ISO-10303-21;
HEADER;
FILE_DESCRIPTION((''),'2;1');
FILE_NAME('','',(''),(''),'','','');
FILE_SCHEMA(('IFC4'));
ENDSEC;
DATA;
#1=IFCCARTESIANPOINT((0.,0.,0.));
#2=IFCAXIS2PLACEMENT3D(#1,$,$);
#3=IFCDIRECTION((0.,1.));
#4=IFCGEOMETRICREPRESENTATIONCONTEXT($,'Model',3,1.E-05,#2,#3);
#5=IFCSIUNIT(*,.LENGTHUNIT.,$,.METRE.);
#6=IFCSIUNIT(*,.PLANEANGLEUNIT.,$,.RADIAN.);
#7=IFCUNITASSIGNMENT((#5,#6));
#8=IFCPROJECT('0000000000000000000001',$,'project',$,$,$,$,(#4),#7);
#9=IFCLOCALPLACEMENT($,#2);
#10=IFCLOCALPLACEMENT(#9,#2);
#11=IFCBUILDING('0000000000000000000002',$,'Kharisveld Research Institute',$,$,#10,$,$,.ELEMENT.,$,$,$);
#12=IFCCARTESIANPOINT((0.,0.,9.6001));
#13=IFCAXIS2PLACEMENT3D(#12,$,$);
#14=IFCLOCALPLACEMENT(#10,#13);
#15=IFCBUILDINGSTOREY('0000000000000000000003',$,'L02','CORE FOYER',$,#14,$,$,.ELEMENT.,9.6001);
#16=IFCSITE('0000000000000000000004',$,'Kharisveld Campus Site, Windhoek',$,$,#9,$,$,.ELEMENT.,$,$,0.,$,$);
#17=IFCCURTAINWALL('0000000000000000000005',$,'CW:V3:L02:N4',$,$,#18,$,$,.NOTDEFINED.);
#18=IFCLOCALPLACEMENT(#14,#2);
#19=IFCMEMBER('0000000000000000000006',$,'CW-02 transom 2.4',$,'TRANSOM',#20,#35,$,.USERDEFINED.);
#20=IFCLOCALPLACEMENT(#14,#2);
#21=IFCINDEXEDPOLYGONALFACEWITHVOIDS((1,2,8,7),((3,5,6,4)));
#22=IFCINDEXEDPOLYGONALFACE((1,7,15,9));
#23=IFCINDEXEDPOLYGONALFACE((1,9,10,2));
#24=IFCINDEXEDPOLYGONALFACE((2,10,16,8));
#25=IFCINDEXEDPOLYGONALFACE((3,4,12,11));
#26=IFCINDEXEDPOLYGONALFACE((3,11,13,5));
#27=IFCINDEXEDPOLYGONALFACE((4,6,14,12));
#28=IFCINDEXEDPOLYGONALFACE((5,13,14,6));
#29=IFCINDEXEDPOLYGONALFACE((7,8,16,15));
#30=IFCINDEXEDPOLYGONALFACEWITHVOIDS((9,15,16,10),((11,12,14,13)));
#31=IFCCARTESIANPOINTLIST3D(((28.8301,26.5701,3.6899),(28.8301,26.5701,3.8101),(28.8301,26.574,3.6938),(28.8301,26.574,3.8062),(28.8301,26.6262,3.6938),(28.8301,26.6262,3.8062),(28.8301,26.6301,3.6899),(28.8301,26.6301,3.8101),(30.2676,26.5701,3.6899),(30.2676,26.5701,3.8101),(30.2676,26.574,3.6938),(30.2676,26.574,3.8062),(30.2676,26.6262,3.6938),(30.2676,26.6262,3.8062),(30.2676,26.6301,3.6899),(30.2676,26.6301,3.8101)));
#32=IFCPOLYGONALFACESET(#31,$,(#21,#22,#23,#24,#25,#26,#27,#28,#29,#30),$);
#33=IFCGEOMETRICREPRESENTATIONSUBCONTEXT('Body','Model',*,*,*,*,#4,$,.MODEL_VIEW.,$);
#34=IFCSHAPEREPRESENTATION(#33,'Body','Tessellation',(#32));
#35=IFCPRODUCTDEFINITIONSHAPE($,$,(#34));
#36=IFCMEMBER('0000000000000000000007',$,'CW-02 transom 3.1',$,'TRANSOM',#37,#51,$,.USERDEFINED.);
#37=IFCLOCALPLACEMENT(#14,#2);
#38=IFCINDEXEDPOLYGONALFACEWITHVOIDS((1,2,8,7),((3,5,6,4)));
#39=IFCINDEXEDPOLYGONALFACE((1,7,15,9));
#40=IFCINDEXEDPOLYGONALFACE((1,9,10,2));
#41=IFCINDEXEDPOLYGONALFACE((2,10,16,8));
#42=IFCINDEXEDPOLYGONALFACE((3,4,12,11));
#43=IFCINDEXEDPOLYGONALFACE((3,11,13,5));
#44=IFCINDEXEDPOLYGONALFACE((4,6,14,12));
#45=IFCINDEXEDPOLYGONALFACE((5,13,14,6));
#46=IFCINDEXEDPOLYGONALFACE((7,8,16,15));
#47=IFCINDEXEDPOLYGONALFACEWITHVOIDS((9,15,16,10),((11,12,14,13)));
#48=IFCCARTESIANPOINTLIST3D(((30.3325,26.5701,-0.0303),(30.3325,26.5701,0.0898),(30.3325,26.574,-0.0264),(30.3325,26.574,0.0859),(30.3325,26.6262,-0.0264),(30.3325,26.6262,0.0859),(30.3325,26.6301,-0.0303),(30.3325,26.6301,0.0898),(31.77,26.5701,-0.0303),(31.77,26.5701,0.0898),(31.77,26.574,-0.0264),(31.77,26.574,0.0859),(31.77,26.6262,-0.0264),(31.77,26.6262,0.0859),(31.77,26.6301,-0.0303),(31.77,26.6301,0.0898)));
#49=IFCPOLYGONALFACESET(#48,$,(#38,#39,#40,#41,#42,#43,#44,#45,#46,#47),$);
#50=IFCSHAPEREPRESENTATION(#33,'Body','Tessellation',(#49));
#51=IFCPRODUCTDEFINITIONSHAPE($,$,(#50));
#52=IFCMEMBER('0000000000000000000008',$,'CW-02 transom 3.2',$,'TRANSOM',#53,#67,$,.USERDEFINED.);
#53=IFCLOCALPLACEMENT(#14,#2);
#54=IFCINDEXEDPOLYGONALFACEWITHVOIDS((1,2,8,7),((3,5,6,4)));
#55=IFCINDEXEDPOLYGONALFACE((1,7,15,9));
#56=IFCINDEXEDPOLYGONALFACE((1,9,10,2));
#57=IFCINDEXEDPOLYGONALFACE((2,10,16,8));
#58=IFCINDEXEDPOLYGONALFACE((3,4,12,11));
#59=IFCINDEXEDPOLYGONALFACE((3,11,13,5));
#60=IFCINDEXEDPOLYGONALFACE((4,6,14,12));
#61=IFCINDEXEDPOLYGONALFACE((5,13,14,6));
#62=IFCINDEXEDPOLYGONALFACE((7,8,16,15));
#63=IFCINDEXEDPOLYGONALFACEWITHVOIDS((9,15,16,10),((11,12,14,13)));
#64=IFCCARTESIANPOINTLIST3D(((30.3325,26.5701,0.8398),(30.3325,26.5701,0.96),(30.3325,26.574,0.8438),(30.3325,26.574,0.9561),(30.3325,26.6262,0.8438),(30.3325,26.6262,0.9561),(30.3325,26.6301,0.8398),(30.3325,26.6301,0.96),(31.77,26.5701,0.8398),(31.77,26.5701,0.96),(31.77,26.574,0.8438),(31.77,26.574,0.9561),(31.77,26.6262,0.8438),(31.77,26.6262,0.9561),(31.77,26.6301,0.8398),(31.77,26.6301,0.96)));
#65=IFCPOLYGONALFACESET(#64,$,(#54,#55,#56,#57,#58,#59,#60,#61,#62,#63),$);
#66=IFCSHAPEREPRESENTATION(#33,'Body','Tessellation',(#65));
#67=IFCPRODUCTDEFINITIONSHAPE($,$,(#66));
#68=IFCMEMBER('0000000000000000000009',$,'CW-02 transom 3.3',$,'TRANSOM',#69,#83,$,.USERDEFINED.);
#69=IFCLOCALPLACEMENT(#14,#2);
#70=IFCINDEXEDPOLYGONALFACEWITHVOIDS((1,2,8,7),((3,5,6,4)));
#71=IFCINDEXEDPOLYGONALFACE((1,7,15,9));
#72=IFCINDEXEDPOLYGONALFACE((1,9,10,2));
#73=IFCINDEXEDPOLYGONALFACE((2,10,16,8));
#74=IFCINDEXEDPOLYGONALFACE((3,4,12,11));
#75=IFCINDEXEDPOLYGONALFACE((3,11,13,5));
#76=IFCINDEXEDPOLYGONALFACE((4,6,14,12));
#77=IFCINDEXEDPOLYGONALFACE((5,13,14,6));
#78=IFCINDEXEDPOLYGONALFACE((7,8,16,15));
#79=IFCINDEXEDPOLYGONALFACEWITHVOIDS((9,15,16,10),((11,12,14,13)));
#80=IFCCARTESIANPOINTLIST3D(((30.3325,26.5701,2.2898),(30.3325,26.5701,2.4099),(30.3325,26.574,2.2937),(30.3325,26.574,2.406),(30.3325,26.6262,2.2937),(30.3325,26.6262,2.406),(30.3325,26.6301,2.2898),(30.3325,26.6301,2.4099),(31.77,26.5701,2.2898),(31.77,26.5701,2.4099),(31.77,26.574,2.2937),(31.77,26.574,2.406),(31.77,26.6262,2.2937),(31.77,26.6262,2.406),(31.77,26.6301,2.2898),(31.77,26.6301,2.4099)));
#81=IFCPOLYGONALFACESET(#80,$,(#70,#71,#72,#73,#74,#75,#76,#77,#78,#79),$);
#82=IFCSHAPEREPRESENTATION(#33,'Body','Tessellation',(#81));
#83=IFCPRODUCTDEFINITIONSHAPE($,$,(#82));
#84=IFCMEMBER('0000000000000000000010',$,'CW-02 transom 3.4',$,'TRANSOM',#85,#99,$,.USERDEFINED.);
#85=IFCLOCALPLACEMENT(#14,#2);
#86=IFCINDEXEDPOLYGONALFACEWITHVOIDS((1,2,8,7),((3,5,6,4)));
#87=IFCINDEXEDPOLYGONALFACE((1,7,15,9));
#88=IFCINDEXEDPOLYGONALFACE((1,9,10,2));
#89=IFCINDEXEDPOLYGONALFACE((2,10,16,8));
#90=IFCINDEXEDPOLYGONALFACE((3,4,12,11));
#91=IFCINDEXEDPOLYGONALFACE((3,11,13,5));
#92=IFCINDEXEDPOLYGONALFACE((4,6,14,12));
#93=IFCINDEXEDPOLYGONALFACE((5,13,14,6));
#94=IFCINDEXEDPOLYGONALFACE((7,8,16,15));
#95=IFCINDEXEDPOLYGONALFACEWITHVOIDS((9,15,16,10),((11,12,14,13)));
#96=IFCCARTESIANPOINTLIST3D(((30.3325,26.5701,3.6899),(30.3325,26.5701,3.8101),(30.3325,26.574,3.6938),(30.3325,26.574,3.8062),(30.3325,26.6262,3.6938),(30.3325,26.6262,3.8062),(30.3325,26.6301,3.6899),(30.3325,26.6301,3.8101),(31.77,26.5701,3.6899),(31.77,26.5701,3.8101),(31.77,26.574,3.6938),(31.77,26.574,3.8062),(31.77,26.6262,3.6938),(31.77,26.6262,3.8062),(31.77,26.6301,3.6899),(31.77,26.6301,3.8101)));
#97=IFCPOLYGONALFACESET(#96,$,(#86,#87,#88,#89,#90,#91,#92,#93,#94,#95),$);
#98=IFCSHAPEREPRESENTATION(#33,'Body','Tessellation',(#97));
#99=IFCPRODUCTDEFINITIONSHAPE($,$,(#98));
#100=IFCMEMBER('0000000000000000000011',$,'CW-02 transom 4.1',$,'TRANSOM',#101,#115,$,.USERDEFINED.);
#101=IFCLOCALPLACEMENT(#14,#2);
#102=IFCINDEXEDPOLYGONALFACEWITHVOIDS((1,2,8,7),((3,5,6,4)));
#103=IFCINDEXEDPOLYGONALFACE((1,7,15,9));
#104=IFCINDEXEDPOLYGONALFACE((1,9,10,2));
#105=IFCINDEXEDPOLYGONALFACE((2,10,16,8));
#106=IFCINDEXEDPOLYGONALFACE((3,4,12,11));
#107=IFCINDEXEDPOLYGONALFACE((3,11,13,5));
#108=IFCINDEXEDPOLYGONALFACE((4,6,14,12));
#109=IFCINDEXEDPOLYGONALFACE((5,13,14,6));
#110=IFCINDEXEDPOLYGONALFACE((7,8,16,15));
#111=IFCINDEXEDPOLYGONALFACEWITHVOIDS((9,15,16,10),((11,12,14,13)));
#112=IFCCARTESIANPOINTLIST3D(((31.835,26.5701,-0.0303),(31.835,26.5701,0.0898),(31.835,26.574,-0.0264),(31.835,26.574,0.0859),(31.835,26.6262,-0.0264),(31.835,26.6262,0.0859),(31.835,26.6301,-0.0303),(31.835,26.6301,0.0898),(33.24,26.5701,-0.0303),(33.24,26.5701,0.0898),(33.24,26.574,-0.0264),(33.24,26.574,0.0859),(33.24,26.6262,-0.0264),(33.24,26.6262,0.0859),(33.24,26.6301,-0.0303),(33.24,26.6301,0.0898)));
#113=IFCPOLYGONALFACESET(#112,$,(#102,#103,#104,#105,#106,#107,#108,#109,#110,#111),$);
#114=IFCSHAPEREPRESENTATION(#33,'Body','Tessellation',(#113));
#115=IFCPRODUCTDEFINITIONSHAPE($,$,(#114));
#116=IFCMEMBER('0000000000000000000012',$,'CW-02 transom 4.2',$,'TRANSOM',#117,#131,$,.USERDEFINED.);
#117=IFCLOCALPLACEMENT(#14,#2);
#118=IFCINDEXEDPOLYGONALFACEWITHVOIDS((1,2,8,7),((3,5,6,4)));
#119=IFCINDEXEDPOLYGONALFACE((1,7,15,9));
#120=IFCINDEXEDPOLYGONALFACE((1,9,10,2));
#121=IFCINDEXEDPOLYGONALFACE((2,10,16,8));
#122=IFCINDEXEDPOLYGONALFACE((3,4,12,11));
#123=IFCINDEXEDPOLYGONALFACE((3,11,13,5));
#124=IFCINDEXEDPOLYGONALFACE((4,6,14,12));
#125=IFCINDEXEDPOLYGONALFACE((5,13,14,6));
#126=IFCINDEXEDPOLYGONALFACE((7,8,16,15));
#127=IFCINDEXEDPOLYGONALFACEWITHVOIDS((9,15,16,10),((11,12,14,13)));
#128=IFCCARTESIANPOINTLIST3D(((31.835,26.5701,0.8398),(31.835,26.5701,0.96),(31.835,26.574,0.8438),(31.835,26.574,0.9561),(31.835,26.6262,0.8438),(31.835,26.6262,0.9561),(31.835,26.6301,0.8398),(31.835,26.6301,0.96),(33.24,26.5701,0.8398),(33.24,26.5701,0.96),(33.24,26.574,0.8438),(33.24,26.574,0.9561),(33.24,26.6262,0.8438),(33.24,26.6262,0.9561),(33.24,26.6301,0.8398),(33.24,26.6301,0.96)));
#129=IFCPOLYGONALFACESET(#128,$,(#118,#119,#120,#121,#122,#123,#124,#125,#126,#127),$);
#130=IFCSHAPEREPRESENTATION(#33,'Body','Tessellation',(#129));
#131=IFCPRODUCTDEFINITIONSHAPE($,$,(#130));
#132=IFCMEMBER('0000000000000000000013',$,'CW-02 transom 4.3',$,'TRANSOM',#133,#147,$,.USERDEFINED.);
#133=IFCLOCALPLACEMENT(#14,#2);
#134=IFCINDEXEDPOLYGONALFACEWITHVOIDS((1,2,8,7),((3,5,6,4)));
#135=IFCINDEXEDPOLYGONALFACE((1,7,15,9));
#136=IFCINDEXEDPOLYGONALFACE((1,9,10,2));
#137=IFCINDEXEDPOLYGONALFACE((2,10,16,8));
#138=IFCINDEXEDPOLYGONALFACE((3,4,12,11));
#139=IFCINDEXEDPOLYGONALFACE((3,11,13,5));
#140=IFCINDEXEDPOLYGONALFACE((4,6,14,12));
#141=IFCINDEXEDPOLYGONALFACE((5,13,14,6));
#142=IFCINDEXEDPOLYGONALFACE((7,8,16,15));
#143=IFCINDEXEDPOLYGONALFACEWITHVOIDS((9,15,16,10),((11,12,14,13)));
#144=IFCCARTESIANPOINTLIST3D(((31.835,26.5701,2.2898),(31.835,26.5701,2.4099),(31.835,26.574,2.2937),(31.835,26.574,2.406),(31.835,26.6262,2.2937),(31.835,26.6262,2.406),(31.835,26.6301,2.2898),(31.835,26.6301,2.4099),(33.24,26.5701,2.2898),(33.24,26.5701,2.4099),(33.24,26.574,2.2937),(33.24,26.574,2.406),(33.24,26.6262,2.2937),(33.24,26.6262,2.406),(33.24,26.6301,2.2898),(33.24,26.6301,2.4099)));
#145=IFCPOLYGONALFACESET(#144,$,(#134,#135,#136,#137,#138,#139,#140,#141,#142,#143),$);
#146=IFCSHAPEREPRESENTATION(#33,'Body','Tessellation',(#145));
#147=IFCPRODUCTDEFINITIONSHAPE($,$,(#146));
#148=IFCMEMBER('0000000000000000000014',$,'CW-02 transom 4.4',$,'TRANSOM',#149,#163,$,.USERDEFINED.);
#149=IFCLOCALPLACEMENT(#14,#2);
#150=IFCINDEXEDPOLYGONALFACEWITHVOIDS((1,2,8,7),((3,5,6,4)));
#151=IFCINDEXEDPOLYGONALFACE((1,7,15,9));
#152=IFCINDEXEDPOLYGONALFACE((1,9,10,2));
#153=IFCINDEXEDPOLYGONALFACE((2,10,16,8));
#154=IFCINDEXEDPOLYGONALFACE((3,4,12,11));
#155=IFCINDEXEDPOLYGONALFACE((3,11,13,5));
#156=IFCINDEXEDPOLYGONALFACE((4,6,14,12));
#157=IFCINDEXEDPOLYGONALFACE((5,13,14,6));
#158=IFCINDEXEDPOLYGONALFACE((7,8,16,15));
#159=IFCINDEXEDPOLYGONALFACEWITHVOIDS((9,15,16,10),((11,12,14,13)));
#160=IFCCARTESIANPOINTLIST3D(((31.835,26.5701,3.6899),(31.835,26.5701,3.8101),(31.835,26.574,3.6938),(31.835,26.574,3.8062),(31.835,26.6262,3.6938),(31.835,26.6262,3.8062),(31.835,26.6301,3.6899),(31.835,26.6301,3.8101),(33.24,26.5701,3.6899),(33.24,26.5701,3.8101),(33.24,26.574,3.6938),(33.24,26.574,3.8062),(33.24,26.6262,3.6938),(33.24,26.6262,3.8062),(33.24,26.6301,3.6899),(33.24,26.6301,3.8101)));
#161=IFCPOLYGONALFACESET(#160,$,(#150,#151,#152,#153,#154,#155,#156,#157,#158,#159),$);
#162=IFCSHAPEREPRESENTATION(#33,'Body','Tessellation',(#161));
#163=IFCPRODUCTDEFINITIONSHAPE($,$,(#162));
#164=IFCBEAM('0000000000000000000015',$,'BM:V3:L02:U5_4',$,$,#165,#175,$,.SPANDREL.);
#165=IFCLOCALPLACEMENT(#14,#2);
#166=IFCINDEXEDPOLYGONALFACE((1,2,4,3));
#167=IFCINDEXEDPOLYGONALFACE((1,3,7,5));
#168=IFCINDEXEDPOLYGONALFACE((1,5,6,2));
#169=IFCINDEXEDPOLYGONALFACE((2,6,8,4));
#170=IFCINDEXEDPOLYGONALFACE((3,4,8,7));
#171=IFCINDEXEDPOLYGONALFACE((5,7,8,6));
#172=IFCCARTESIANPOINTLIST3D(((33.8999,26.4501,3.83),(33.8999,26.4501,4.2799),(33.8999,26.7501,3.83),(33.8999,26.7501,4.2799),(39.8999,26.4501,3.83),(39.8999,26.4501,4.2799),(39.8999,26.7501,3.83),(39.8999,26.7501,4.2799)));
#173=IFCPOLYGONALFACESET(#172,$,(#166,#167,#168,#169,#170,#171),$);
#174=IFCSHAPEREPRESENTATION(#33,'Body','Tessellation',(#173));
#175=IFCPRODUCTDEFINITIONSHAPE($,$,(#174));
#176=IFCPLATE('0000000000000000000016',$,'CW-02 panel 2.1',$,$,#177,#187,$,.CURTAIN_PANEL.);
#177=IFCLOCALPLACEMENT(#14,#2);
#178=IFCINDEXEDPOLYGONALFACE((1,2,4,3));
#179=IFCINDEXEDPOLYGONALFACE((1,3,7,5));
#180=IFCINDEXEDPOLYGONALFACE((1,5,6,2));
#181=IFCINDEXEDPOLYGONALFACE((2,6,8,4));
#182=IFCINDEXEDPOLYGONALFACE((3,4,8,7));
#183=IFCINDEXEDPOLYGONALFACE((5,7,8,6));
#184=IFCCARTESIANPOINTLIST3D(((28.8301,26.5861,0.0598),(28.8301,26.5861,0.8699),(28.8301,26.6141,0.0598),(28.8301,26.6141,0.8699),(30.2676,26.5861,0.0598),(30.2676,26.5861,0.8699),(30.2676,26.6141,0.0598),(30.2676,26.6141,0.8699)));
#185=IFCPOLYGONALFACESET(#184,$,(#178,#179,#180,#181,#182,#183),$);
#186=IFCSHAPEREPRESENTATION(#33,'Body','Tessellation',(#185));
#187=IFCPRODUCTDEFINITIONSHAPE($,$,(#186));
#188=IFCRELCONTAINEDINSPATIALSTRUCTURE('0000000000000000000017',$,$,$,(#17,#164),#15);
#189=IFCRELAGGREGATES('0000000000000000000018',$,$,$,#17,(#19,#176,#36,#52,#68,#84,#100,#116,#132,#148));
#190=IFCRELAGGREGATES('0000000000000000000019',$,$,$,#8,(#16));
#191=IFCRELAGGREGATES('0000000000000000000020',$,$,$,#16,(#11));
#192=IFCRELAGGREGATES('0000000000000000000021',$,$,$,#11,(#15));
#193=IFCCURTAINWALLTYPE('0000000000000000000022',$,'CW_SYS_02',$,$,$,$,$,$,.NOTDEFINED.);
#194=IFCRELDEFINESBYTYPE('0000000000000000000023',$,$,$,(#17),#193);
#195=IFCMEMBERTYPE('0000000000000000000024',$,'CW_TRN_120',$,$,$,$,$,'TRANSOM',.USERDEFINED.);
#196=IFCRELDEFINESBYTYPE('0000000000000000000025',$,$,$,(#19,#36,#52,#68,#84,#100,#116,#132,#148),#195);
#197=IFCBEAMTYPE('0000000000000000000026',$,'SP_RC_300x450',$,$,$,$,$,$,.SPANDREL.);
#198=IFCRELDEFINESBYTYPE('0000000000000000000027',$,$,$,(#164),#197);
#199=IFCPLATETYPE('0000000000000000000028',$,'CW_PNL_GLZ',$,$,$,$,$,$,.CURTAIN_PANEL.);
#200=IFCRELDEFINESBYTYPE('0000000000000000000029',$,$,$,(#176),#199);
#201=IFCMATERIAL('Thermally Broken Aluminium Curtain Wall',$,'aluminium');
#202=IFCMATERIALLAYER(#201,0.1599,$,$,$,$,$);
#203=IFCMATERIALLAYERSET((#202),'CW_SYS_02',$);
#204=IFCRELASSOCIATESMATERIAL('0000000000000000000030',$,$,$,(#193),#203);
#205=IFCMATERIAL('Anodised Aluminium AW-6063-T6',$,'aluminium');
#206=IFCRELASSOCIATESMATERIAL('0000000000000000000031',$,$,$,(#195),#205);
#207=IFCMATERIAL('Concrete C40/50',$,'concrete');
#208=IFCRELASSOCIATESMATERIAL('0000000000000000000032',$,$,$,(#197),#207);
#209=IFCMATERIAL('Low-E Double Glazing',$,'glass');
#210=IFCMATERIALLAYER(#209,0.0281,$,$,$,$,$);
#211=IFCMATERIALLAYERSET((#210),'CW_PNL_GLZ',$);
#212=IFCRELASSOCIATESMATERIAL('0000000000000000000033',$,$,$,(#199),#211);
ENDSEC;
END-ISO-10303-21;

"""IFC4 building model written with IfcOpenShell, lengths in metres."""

from ifc_helpers import new_model, si_unit, direction, frame, origin, origin_2d, place, context, subcontext, project, spatial, rectangle, hollow_rectangle, extrude, material, layer, layer_set, material_profile, profile_set, type_object, element, aggregate, save


model = new_model("IFC4")

# Units and contexts
model_context = context("Model", 3, precision=1e-05, world=origin(), true_north=direction((0.0, 1.0)))
body_context = subcontext(model_context, "Body", "Model", "MODEL_VIEW")
ifc_project = project(units=[si_unit("LENGTHUNIT", "METRE"), si_unit("PLANEANGLEUNIT", "RADIAN")], contexts=[model_context])

# Site, building, storey
site_placement = place(None, origin())
site = spatial("IfcSite", under=ifc_project, at=site_placement, Name="Kharisveld Campus Site, Windhoek", CompositionType="ELEMENT", RefElevation=0.0)
building_placement = place(site_placement, origin())
building = spatial("IfcBuilding", under=site, at=building_placement, Name="Kharisveld Research Institute", CompositionType="ELEMENT")
storey_placement = place(building_placement, frame((0.0, 0.0, 9.6001)))
storey = spatial("IfcBuildingStorey", under=building, at=storey_placement, Name="L02", Description="CORE FOYER", CompositionType="ELEMENT", Elevation=9.6001)

# Curtain wall, members
ifc_material_1 = material(Name="Thermally Broken Aluminium Curtain Wall", Category="aluminium")
ifc_layer_1 = layer(ifc_material_1, 0.1599)
ifc_layer_set_1 = layer_set([ifc_layer_1], Name="CW_SYS_02")
curtain_wall_type = type_object("IfcCurtainWallType", Name="CW_SYS_02", PredefinedType="NOTDEFINED", material=ifc_layer_set_1)
curtain_wall_placement = place(storey_placement, origin())
curtain_wall = element("IfcCurtainWall", 1, at=curtain_wall_placement, inside=storey, type_object=curtain_wall_type, Name="CW:V3:L02:N4", PredefinedType="NOTDEFINED")
ifc_material_2 = material(Name="Anodised Aluminium AW-6063-T6", Category="aluminium")
ifc_material_profile_1 = material_profile(ifc_material_2, hollow_rectangle(XDim=0.0601, YDim=0.1201, WallThickness=0.0039, at=origin_2d()))
ifc_profile_set_1 = profile_set([ifc_material_profile_1], Name="Anodised Aluminium AW-6063-T6")
member_type_1 = type_object("IfcMemberType", Name="CW_TRN_120", ElementType="TRANSOM", PredefinedType="USERDEFINED", material=ifc_profile_set_1)
member_1_placement = place(storey_placement, frame((28.8301, 26.6001, 3.75), z_axis=(1.0, 0.0, 0.0), x_axis=(0.0, 1.0, 0.0)))
member_1 = element("IfcMember", 2, at=member_1_placement, type_object=member_type_1, Name="CW-02 transom 2.4", ObjectType="TRANSOM", PredefinedType="USERDEFINED", context=body_context, shape_type="SweptSolid", body=[
    extrude(hollow_rectangle(XDim=0.0601, YDim=0.1201, WallThickness=0.0039, at=origin_2d()), origin(), (0.0, 0.0, 1.0), 1.4375),
])
member_2_placement = place(storey_placement, frame((30.3325, 26.6001, 0.0298), z_axis=(1.0, 0.0, 0.0), x_axis=(0.0, 1.0, 0.0)))
member_2 = element("IfcMember", 3, at=member_2_placement, type_object=member_type_1, Name="CW-02 transom 3.1", ObjectType="TRANSOM", PredefinedType="USERDEFINED", context=body_context, shape_type="SweptSolid", body=[
    extrude(hollow_rectangle(XDim=0.0601, YDim=0.1201, WallThickness=0.0039, at=origin_2d()), origin(), (0.0, 0.0, 1.0), 1.4375),
])
member_3_placement = place(storey_placement, frame((30.3325, 26.6001, 0.8999), z_axis=(1.0, 0.0, 0.0), x_axis=(0.0, 1.0, 0.0)))
member_3 = element("IfcMember", 4, at=member_3_placement, type_object=member_type_1, Name="CW-02 transom 3.2", ObjectType="TRANSOM", PredefinedType="USERDEFINED", context=body_context, shape_type="SweptSolid", body=[
    extrude(hollow_rectangle(XDim=0.0601, YDim=0.1201, WallThickness=0.0039, at=origin_2d()), origin(), (0.0, 0.0, 1.0), 1.4375),
])
member_4_placement = place(storey_placement, frame((30.3325, 26.6001, 2.3499), z_axis=(1.0, 0.0, 0.0), x_axis=(0.0, 1.0, 0.0)))
member_4 = element("IfcMember", 5, at=member_4_placement, type_object=member_type_1, Name="CW-02 transom 3.3", ObjectType="TRANSOM", PredefinedType="USERDEFINED", context=body_context, shape_type="SweptSolid", body=[
    extrude(hollow_rectangle(XDim=0.0601, YDim=0.1201, WallThickness=0.0039, at=origin_2d()), origin(), (0.0, 0.0, 1.0), 1.4375),
])
member_5_placement = place(storey_placement, frame((30.3325, 26.6001, 3.75), z_axis=(1.0, 0.0, 0.0), x_axis=(0.0, 1.0, 0.0)))
member_5 = element("IfcMember", 6, at=member_5_placement, type_object=member_type_1, Name="CW-02 transom 3.4", ObjectType="TRANSOM", PredefinedType="USERDEFINED", context=body_context, shape_type="SweptSolid", body=[
    extrude(hollow_rectangle(XDim=0.0601, YDim=0.1201, WallThickness=0.0039, at=origin_2d()), origin(), (0.0, 0.0, 1.0), 1.4375),
])
member_6_placement = place(storey_placement, frame((31.835, 26.6001, 0.0298), z_axis=(1.0, 0.0, 0.0), x_axis=(0.0, 1.0, 0.0)))
member_6 = element("IfcMember", 7, at=member_6_placement, type_object=member_type_1, Name="CW-02 transom 4.1", ObjectType="TRANSOM", PredefinedType="USERDEFINED", context=body_context, shape_type="SweptSolid", body=[
    extrude(hollow_rectangle(XDim=0.0601, YDim=0.1201, WallThickness=0.0039, at=origin_2d()), origin(), (0.0, 0.0, 1.0), 1.405),
])
member_7_placement = place(storey_placement, frame((31.835, 26.6001, 0.8999), z_axis=(1.0, 0.0, 0.0), x_axis=(0.0, 1.0, 0.0)))
member_7 = element("IfcMember", 8, at=member_7_placement, type_object=member_type_1, Name="CW-02 transom 4.2", ObjectType="TRANSOM", PredefinedType="USERDEFINED", context=body_context, shape_type="SweptSolid", body=[
    extrude(hollow_rectangle(XDim=0.0601, YDim=0.1201, WallThickness=0.0039, at=origin_2d()), origin(), (0.0, 0.0, 1.0), 1.405),
])
member_8_placement = place(storey_placement, frame((31.835, 26.6001, 2.3499), z_axis=(1.0, 0.0, 0.0), x_axis=(0.0, 1.0, 0.0)))
member_8 = element("IfcMember", 9, at=member_8_placement, type_object=member_type_1, Name="CW-02 transom 4.3", ObjectType="TRANSOM", PredefinedType="USERDEFINED", context=body_context, shape_type="SweptSolid", body=[
    extrude(hollow_rectangle(XDim=0.0601, YDim=0.1201, WallThickness=0.0039, at=origin_2d()), origin(), (0.0, 0.0, 1.0), 1.405),
])
member_9_placement = place(storey_placement, frame((31.835, 26.6001, 3.75), z_axis=(1.0, 0.0, 0.0), x_axis=(0.0, 1.0, 0.0)))
member_9 = element("IfcMember", 10, at=member_9_placement, type_object=member_type_1, Name="CW-02 transom 4.4", ObjectType="TRANSOM", PredefinedType="USERDEFINED", context=body_context, shape_type="SweptSolid", body=[
    extrude(hollow_rectangle(XDim=0.0601, YDim=0.1201, WallThickness=0.0039, at=origin_2d()), origin(), (0.0, 0.0, 1.0), 1.405),
])

# Beam
ifc_material_3 = material(Name="Concrete C40/50", Category="concrete")
ifc_material_profile_2 = material_profile(ifc_material_3, rectangle(XDim=0.3, YDim=0.45, at=origin_2d()))
ifc_profile_set_2 = profile_set([ifc_material_profile_2], Name="Concrete C40/50")
beam_type = type_object("IfcBeamType", Name="SP_RC_300x450", PredefinedType="SPANDREL", material=ifc_profile_set_2)
beam_placement = place(storey_placement, frame((33.8999, 26.6001, 4.0549), z_axis=(1.0, 0.0, 0.0), x_axis=(0.0, 1.0, 0.0)))
element("IfcBeam", 11, at=beam_placement, inside=storey, type_object=beam_type, Name="BM:V3:L02:U5_4", PredefinedType="SPANDREL", context=body_context, shape_type="SweptSolid", body=[
    extrude(rectangle(XDim=0.3, YDim=0.45, at=origin_2d()), origin(), (0.0, 0.0, 1.0), 6.0),
])

# Plate
ifc_material_4 = material(Name="Low-E Double Glazing", Category="glass")
ifc_layer_2 = layer(ifc_material_4, 0.0281)
ifc_layer_set_2 = layer_set([ifc_layer_2], Name="CW_PNL_GLZ")
plate_type_1 = type_object("IfcPlateType", Name="CW_PNL_GLZ", PredefinedType="CURTAIN_PANEL", material=ifc_layer_set_2)
plate_1_placement = place(storey_placement, frame((29.5488, 26.6001, 0.0598), z_axis=(0.0, 0.0, 1.0), x_axis=(1.0, 0.0, 0.0)))
plate_1 = element("IfcPlate", 12, at=plate_1_placement, type_object=plate_type_1, Name="CW-02 panel 2.1", PredefinedType="CURTAIN_PANEL", context=body_context, shape_type="SweptSolid", body=[
    extrude(rectangle(XDim=1.4375, YDim=0.0281, at=origin_2d()), origin(), (0.0, 0.0, 1.0), 0.8101),
])
aggregate(curtain_wall, [member_1, plate_1, member_2, member_3, member_4, member_5, member_6, member_7, member_8, member_9])

save(model, "model.ifc")
